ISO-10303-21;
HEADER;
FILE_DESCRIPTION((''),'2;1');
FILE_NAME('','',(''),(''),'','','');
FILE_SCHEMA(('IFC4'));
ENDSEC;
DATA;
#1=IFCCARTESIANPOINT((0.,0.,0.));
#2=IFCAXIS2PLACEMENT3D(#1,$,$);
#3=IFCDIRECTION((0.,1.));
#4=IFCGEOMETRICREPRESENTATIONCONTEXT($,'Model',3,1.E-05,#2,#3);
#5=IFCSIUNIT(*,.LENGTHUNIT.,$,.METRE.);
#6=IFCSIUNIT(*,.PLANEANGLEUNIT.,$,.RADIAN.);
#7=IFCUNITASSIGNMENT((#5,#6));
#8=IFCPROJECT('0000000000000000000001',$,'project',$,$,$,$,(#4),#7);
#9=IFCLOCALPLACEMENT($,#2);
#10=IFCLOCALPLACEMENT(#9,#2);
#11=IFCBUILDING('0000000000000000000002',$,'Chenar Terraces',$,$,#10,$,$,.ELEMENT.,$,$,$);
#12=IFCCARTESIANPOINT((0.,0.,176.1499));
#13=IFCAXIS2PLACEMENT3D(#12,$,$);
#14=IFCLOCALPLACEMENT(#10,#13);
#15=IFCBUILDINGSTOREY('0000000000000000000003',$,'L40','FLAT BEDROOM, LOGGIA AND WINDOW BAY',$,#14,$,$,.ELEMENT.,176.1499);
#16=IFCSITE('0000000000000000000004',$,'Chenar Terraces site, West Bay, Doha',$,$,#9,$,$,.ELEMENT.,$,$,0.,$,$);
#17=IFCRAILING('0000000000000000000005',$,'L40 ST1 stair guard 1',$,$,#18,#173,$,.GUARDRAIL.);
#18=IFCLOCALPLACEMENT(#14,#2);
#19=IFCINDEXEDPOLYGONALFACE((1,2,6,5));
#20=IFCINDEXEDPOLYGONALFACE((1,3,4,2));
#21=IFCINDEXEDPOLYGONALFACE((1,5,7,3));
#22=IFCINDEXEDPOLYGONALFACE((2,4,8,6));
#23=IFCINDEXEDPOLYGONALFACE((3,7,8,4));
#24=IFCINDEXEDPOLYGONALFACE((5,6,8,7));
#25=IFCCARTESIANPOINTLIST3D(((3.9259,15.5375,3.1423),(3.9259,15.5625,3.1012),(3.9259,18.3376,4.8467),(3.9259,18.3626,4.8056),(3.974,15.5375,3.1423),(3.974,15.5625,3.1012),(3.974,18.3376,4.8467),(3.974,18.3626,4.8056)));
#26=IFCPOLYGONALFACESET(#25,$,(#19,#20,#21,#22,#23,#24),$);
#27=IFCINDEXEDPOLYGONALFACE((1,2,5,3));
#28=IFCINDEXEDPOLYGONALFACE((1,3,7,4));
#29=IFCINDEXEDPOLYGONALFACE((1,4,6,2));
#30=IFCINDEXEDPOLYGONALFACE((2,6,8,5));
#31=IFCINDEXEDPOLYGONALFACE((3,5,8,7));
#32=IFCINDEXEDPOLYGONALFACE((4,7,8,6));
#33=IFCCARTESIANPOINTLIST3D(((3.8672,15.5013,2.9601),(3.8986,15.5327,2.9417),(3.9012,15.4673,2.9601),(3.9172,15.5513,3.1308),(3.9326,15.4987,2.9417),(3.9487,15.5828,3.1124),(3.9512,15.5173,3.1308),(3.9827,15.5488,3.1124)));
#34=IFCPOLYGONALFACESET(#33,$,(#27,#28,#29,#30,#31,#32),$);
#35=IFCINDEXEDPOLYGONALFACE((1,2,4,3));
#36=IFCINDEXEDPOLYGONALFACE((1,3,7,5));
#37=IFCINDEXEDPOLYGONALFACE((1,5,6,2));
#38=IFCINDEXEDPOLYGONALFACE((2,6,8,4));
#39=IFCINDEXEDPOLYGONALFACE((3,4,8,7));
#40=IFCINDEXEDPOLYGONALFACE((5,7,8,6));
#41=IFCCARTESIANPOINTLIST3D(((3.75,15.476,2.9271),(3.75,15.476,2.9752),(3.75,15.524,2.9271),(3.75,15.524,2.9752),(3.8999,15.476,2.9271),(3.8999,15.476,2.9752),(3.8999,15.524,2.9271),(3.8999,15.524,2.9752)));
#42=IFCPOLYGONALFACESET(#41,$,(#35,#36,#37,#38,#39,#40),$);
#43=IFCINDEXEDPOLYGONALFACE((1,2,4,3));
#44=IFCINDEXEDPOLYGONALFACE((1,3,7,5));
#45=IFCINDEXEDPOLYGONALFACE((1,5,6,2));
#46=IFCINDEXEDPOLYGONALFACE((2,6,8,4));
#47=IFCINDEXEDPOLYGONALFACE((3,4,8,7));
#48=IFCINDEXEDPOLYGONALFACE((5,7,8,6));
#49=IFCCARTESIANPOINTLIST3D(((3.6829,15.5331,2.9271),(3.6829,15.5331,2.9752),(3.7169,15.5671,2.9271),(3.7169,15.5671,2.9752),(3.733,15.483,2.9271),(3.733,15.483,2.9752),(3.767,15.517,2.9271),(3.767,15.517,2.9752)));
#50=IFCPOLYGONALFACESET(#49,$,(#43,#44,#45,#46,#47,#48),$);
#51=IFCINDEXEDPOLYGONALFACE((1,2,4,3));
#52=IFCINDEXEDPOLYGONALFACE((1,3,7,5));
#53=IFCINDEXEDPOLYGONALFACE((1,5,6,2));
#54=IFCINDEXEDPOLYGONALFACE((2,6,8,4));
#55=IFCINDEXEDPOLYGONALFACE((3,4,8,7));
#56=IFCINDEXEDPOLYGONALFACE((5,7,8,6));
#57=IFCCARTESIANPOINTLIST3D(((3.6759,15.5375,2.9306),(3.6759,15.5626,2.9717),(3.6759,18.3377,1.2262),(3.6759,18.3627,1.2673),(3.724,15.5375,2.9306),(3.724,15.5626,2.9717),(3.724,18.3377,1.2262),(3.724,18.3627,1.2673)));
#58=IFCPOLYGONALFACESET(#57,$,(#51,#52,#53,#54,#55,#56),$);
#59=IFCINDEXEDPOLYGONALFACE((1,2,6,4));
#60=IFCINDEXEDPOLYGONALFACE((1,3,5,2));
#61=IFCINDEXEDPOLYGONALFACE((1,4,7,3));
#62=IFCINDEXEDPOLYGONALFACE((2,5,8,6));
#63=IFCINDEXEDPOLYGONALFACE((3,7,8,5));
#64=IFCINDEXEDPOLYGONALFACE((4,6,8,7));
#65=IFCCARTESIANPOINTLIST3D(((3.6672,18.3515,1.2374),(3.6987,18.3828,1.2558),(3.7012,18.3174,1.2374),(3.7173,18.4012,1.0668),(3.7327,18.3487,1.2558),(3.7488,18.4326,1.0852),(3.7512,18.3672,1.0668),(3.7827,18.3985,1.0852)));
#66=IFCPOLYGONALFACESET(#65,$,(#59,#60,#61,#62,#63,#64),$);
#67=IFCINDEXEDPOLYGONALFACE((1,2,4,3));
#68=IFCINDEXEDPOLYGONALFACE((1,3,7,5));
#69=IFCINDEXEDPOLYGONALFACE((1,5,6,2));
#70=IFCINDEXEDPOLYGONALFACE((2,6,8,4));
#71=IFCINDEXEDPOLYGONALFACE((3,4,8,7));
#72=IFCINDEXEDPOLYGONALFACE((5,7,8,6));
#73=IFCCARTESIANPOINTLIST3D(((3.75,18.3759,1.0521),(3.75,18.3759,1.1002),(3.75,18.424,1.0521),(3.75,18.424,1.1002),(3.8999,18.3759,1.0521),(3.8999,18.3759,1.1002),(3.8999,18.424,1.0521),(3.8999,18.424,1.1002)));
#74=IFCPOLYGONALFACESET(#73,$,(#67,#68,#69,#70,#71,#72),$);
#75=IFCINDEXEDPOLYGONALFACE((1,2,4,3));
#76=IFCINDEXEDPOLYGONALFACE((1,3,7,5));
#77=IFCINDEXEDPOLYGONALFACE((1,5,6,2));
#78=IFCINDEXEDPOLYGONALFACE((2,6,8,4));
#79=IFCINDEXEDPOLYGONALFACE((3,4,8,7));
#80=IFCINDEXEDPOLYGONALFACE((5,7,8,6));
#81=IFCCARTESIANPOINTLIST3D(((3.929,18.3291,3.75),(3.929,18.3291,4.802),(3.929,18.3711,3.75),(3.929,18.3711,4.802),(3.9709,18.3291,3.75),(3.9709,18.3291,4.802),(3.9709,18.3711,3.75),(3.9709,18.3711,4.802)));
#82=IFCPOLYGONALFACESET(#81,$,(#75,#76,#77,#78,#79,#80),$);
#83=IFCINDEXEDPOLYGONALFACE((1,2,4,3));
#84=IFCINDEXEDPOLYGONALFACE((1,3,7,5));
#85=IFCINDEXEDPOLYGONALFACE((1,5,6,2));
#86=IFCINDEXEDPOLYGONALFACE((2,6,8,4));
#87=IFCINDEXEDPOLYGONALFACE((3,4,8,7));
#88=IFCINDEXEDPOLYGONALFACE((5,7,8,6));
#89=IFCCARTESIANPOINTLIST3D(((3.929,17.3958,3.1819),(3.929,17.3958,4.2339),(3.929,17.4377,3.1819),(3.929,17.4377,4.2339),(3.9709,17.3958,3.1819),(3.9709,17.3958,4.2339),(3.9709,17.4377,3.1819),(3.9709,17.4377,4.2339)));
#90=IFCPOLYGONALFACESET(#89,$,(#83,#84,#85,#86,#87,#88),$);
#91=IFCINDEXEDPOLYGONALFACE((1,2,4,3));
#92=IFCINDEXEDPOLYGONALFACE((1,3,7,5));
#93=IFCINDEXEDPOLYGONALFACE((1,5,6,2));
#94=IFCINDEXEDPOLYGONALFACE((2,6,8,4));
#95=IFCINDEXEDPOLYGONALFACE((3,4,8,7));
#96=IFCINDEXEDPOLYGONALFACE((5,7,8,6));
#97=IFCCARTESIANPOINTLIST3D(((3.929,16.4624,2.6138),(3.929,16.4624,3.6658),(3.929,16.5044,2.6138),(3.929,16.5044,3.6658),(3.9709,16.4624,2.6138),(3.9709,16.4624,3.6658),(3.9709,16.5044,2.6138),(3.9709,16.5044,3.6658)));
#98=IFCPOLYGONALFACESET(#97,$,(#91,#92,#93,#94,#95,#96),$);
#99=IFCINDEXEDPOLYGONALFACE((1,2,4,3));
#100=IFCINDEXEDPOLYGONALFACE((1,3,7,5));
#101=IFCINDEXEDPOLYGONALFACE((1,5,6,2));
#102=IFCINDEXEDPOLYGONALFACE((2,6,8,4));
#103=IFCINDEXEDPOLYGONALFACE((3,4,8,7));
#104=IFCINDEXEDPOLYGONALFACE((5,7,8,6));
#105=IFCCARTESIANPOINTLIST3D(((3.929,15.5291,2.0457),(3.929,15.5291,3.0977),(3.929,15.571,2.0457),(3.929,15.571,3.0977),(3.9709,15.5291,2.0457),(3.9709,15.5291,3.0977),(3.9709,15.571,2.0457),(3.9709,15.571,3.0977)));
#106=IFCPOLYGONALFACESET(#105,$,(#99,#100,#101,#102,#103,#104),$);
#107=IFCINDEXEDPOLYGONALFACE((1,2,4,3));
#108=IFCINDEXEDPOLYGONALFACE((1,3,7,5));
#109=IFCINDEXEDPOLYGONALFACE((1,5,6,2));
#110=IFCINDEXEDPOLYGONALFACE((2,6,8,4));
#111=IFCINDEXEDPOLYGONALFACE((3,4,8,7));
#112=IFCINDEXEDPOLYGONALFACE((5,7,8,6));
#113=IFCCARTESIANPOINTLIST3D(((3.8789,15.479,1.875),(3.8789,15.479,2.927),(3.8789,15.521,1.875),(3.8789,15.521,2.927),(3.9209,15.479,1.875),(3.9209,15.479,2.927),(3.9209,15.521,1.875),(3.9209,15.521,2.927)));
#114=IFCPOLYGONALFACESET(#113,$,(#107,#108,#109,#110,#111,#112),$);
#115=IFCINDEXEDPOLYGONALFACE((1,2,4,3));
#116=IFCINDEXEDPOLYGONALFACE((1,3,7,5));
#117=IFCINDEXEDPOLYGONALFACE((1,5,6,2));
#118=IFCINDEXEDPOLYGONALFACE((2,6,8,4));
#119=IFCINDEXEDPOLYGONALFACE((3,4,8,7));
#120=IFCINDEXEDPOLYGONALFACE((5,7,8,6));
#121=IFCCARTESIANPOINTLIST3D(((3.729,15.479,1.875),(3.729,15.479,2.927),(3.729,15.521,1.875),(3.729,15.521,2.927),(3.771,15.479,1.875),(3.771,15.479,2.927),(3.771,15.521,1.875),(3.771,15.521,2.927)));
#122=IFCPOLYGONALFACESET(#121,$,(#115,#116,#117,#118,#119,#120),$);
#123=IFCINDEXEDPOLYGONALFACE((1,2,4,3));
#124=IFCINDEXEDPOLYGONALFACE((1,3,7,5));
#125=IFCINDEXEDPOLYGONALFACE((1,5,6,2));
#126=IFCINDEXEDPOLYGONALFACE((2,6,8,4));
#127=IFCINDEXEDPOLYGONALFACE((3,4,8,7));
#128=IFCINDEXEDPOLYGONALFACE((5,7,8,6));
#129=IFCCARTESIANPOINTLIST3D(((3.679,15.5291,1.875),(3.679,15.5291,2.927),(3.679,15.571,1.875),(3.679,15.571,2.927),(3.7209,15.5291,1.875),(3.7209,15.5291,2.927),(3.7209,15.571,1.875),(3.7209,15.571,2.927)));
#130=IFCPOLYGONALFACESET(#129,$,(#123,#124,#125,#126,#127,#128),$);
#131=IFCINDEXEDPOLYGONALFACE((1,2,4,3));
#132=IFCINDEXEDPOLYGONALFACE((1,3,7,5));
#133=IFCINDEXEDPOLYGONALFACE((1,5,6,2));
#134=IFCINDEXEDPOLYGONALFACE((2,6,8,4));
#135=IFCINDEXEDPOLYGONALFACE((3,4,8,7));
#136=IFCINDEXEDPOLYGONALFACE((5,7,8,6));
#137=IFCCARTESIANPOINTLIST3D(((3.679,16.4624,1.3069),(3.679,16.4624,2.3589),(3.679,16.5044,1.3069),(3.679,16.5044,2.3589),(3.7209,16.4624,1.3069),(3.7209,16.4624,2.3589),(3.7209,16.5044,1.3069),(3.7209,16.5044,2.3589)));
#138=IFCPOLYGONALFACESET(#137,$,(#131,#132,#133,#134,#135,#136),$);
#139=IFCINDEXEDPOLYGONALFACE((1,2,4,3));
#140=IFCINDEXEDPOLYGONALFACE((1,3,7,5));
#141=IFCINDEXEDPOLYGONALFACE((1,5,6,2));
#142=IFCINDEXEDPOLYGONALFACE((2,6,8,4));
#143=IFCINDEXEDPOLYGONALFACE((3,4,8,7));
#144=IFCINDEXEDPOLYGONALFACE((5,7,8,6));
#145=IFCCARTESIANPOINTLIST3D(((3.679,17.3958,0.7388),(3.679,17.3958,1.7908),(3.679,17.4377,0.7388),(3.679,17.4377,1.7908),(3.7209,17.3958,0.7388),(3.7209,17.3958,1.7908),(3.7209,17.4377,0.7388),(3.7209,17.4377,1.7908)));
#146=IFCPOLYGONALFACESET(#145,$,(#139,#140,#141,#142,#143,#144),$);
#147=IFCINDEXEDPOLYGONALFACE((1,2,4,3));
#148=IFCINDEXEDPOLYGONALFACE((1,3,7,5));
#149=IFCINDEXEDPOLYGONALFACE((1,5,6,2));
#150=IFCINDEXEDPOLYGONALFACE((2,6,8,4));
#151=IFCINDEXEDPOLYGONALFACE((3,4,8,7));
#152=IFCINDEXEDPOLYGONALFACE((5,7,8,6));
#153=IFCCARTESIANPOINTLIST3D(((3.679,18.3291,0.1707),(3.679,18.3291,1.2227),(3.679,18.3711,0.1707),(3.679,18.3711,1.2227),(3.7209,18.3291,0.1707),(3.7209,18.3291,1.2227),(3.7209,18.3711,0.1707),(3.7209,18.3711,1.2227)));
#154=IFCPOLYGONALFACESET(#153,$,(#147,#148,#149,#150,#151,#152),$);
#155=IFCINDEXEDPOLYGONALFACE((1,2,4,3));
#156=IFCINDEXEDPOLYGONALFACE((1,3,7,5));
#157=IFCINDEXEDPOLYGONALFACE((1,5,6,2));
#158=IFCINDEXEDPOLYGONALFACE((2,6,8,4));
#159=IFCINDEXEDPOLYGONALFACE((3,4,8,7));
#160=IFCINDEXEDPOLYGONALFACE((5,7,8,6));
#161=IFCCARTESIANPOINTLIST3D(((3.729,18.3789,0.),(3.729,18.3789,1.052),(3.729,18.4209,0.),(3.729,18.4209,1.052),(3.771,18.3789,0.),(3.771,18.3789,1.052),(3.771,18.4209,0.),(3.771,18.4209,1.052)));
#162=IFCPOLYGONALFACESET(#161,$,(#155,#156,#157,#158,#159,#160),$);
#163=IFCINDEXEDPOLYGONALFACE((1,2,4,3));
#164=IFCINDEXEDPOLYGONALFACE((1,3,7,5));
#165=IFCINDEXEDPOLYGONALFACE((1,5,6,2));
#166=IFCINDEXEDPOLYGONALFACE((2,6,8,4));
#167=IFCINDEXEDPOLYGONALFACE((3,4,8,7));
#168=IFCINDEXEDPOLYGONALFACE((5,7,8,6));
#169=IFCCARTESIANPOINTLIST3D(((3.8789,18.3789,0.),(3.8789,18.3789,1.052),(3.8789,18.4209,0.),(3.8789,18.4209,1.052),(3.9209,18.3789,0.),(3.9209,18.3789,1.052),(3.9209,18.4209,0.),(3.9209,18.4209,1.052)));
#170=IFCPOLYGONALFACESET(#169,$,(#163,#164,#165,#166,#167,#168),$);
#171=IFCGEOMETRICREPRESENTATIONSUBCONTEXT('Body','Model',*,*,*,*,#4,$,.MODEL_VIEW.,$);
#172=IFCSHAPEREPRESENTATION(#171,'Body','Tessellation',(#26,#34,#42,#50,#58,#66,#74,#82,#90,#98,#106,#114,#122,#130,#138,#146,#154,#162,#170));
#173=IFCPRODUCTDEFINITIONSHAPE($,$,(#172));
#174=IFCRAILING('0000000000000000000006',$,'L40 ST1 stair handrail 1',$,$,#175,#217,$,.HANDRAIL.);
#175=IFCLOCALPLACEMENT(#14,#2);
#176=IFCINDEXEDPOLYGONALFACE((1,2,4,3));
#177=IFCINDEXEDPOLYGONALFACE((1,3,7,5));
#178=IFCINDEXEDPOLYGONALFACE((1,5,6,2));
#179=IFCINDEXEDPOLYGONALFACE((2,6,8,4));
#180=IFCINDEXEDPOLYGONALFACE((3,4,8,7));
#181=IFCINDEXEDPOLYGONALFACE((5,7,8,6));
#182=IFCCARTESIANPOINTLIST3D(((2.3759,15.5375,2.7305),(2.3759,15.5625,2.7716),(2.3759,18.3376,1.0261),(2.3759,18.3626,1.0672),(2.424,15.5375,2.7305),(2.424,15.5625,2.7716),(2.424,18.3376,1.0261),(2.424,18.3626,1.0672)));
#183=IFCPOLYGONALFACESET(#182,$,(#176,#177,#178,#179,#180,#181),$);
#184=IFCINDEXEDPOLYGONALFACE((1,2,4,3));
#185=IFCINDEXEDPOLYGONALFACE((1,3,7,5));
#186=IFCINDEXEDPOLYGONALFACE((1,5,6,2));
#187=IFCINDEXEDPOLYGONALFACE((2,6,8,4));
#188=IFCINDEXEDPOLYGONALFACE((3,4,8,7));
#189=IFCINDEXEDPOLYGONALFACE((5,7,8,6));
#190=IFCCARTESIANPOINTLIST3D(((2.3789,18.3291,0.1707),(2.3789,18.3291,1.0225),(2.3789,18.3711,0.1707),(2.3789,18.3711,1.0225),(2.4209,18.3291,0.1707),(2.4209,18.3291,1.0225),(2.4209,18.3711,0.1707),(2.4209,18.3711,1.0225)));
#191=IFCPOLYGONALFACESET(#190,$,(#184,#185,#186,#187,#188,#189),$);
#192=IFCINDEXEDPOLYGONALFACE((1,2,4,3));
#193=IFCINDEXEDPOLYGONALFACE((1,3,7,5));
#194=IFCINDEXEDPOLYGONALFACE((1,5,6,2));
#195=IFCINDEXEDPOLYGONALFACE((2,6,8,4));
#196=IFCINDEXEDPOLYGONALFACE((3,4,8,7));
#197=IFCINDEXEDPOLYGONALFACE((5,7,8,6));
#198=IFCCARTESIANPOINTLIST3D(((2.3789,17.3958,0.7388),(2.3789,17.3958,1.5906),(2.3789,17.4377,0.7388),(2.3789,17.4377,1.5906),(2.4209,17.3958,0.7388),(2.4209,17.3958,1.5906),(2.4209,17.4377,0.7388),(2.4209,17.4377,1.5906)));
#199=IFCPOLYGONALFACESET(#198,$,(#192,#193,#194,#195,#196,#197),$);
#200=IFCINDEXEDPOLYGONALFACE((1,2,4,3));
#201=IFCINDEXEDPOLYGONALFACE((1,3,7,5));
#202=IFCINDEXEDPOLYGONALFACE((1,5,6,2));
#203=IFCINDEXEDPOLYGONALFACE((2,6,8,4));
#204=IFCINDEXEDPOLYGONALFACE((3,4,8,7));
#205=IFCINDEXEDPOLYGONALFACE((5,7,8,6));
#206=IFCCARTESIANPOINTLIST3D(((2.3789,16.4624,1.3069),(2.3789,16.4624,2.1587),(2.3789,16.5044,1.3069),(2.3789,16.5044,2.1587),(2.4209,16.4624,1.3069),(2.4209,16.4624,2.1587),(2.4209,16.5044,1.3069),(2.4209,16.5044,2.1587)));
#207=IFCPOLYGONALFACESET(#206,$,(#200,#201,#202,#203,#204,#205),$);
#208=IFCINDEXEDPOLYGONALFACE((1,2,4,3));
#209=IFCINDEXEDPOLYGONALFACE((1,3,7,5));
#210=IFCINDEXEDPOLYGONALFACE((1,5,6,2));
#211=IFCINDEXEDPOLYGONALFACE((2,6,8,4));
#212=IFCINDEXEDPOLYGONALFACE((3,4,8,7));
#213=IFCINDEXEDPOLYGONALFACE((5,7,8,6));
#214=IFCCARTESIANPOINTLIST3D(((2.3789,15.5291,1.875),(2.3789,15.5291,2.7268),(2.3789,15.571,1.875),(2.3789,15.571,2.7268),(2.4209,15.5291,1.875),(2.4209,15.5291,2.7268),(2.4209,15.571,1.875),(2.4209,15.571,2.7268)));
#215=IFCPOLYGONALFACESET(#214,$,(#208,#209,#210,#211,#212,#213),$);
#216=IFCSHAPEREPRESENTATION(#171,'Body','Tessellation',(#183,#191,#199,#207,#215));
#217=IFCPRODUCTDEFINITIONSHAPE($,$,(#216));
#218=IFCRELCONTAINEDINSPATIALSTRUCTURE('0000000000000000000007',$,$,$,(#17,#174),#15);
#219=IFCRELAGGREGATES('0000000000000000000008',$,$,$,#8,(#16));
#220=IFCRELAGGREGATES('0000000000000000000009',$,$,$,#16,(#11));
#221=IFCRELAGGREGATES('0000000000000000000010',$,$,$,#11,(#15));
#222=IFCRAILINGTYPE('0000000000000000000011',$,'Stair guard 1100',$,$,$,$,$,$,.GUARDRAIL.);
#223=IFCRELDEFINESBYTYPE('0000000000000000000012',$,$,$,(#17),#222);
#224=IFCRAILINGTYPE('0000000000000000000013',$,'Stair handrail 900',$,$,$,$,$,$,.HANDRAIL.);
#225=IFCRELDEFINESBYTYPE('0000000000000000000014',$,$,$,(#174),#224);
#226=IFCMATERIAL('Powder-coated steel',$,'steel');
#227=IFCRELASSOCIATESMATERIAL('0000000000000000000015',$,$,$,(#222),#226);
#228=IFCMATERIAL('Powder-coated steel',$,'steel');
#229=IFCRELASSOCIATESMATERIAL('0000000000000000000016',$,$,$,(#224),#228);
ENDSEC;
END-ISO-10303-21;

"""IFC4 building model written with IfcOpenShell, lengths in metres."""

from ifc_helpers import new_model, si_unit, direction, frame, origin, origin_2d, place, context, subcontext, project, spatial, rectangle, extrude, material, type_object, element, save


model = new_model("IFC4")

# Units and contexts
model_context = context("Model", 3, precision=1e-05, world=origin(), true_north=direction((0.0, 1.0)))
body_context = subcontext(model_context, "Body", "Model", "MODEL_VIEW")
ifc_project = project(units=[si_unit("LENGTHUNIT", "METRE"), si_unit("PLANEANGLEUNIT", "RADIAN")], contexts=[model_context])

# Site, building, storey
site_placement = place(None, origin())
site = spatial("IfcSite", under=ifc_project, at=site_placement, Name="Chenar Terraces site, West Bay, Doha", CompositionType="ELEMENT", RefElevation=0.0)
building_placement = place(site_placement, origin())
building = spatial("IfcBuilding", under=site, at=building_placement, Name="Chenar Terraces", CompositionType="ELEMENT")
storey_placement = place(building_placement, frame((0.0, 0.0, 176.1499)))
storey = spatial("IfcBuildingStorey", under=building, at=storey_placement, Name="L40", Description="FLAT BEDROOM, LOGGIA AND WINDOW BAY", CompositionType="ELEMENT", Elevation=176.1499)

# Railings
ifc_material_1 = material(Name="Powder-coated steel", Category="steel")
railing_type_1 = type_object("IfcRailingType", Name="Stair guard 1100", PredefinedType="GUARDRAIL", material=ifc_material_1)
railing_1_placement = place(storey_placement, frame((3.95, 18.3501, 3.75)))
element("IfcRailing", 1, at=railing_1_placement, inside=storey, type_object=railing_type_1, Name="L40 ST1 stair guard 1", PredefinedType="GUARDRAIL", context=body_context, shape_type="SweptSolid", body=[
    extrude(rectangle(XDim=0.0481, YDim=0.0481, at=origin_2d()), frame((0.0, 0.0, 1.0762), z_axis=(0.0, -0.854203, -0.51994), x_axis=(1.0, 0.0, 0.0)), (0.0, 0.0, 1.0), 3.2781),
    extrude(rectangle(XDim=0.0481, YDim=0.0481, at=origin_2d()), frame((0.0, -2.8, -0.6284), z_axis=(-0.2709, -0.2709, -0.923703), x_axis=(0.707107, -0.707107, 0.0)), (0.0, 0.0, 1.0), 0.1848),
    extrude(rectangle(XDim=0.0481, YDim=0.0481, at=origin_2d()), frame((-0.05, -2.8501, -0.7988), z_axis=(-1.0, 0.0, 0.0), x_axis=(0.0, -1.0, 0.0)), (0.0, 0.0, 1.0), 0.1499),
    extrude(rectangle(XDim=0.0481, YDim=0.0481, at=origin_2d()), frame((-0.2, -2.8501, -0.7988), z_axis=(-0.707107, 0.707107, 0.0), x_axis=(-0.707107, -0.707107, 0.0)), (0.0, 0.0, 1.0), 0.0708),
    extrude(rectangle(XDim=0.0481, YDim=0.0481, at=origin_2d()), frame((-0.25, -2.8, -0.7988), z_axis=(0.0, 0.854203, -0.51994), x_axis=(-1.0, 0.0, 0.0)), (0.0, 0.0, 1.0), 3.2781),
    extrude(rectangle(XDim=0.0481, YDim=0.0481, at=origin_2d()), frame((-0.25, 0.0, -2.5034), z_axis=(0.270997, 0.269675, -0.924033), x_axis=(-0.705376, 0.708834, 0.0)), (0.0, 0.0, 1.0), 0.1846),
    extrude(rectangle(XDim=0.0481, YDim=0.0481, at=origin_2d()), frame((-0.2, 0.0498, -2.6738), z_axis=(1.0, 0.0, 0.0), x_axis=(0.0, 1.0, 0.0)), (0.0, 0.0, 1.0), 0.1499),
    extrude(rectangle(XDim=0.042, YDim=0.042, at=origin_2d()), origin(), (0.0, 0.0, 1.0), 1.052),
    extrude(rectangle(XDim=0.042, YDim=0.042, at=origin_2d()), frame((0.0, -0.9333, -0.5681)), (0.0, 0.0, 1.0), 1.052),
    extrude(rectangle(XDim=0.042, YDim=0.042, at=origin_2d()), frame((0.0, -1.8667, -1.1362)), (0.0, 0.0, 1.0), 1.052),
    extrude(rectangle(XDim=0.042, YDim=0.042, at=origin_2d()), frame((0.0, -2.8, -1.7043)), (0.0, 0.0, 1.0), 1.052),
    extrude(rectangle(XDim=0.042, YDim=0.042, at=origin_2d()), frame((-0.05, -2.8501, -1.875)), (0.0, 0.0, 1.0), 1.052),
    extrude(rectangle(XDim=0.042, YDim=0.042, at=origin_2d()), frame((-0.2, -2.8501, -1.875)), (0.0, 0.0, 1.0), 1.052),
    extrude(rectangle(XDim=0.042, YDim=0.042, at=origin_2d()), frame((-0.25, -2.8, -1.875)), (0.0, 0.0, 1.0), 1.052),
    extrude(rectangle(XDim=0.042, YDim=0.042, at=origin_2d()), frame((-0.25, -1.8667, -2.4431)), (0.0, 0.0, 1.0), 1.052),
    extrude(rectangle(XDim=0.042, YDim=0.042, at=origin_2d()), frame((-0.25, -0.9333, -3.0112)), (0.0, 0.0, 1.0), 1.052),
    extrude(rectangle(XDim=0.042, YDim=0.042, at=origin_2d()), frame((-0.25, 0.0, -3.5793)), (0.0, 0.0, 1.0), 1.052),
    extrude(rectangle(XDim=0.042, YDim=0.042, at=origin_2d()), frame((-0.2, 0.0498, -3.75)), (0.0, 0.0, 1.0), 1.052),
    extrude(rectangle(XDim=0.042, YDim=0.042, at=origin_2d()), frame((-0.05, 0.0498, -3.75)), (0.0, 0.0, 1.0), 1.052),
])
ifc_material_2 = material(Name="Powder-coated steel", Category="steel")
railing_type_2 = type_object("IfcRailingType", Name="Stair handrail 900", PredefinedType="HANDRAIL", material=ifc_material_2)
railing_2_placement = place(storey_placement, frame((2.3999, 18.3501, 0.1707)))
element("IfcRailing", 2, at=railing_2_placement, inside=storey, type_object=railing_type_2, Name="L40 ST1 stair handrail 1", PredefinedType="HANDRAIL", context=body_context, shape_type="SweptSolid", body=[
    extrude(rectangle(XDim=0.0481, YDim=0.0481, at=origin_2d()), frame((0.0, 0.0, 0.876), z_axis=(0.0, -0.854203, 0.51994), x_axis=(1.0, 0.0, 0.0)), (0.0, 0.0, 1.0), 3.2781),
    extrude(rectangle(XDim=0.042, YDim=0.042, at=origin_2d()), origin(), (0.0, 0.0, 1.0), 0.8518),
    extrude(rectangle(XDim=0.042, YDim=0.042, at=origin_2d()), frame((0.0, -0.9333, 0.5681)), (0.0, 0.0, 1.0), 0.8518),
    extrude(rectangle(XDim=0.042, YDim=0.042, at=origin_2d()), frame((0.0, -1.8667, 1.1362)), (0.0, 0.0, 1.0), 0.8518),
    extrude(rectangle(XDim=0.042, YDim=0.042, at=origin_2d()), frame((0.0, -2.8, 1.7043)), (0.0, 0.0, 1.0), 0.8518),
])

save(model, "model.ifc")
